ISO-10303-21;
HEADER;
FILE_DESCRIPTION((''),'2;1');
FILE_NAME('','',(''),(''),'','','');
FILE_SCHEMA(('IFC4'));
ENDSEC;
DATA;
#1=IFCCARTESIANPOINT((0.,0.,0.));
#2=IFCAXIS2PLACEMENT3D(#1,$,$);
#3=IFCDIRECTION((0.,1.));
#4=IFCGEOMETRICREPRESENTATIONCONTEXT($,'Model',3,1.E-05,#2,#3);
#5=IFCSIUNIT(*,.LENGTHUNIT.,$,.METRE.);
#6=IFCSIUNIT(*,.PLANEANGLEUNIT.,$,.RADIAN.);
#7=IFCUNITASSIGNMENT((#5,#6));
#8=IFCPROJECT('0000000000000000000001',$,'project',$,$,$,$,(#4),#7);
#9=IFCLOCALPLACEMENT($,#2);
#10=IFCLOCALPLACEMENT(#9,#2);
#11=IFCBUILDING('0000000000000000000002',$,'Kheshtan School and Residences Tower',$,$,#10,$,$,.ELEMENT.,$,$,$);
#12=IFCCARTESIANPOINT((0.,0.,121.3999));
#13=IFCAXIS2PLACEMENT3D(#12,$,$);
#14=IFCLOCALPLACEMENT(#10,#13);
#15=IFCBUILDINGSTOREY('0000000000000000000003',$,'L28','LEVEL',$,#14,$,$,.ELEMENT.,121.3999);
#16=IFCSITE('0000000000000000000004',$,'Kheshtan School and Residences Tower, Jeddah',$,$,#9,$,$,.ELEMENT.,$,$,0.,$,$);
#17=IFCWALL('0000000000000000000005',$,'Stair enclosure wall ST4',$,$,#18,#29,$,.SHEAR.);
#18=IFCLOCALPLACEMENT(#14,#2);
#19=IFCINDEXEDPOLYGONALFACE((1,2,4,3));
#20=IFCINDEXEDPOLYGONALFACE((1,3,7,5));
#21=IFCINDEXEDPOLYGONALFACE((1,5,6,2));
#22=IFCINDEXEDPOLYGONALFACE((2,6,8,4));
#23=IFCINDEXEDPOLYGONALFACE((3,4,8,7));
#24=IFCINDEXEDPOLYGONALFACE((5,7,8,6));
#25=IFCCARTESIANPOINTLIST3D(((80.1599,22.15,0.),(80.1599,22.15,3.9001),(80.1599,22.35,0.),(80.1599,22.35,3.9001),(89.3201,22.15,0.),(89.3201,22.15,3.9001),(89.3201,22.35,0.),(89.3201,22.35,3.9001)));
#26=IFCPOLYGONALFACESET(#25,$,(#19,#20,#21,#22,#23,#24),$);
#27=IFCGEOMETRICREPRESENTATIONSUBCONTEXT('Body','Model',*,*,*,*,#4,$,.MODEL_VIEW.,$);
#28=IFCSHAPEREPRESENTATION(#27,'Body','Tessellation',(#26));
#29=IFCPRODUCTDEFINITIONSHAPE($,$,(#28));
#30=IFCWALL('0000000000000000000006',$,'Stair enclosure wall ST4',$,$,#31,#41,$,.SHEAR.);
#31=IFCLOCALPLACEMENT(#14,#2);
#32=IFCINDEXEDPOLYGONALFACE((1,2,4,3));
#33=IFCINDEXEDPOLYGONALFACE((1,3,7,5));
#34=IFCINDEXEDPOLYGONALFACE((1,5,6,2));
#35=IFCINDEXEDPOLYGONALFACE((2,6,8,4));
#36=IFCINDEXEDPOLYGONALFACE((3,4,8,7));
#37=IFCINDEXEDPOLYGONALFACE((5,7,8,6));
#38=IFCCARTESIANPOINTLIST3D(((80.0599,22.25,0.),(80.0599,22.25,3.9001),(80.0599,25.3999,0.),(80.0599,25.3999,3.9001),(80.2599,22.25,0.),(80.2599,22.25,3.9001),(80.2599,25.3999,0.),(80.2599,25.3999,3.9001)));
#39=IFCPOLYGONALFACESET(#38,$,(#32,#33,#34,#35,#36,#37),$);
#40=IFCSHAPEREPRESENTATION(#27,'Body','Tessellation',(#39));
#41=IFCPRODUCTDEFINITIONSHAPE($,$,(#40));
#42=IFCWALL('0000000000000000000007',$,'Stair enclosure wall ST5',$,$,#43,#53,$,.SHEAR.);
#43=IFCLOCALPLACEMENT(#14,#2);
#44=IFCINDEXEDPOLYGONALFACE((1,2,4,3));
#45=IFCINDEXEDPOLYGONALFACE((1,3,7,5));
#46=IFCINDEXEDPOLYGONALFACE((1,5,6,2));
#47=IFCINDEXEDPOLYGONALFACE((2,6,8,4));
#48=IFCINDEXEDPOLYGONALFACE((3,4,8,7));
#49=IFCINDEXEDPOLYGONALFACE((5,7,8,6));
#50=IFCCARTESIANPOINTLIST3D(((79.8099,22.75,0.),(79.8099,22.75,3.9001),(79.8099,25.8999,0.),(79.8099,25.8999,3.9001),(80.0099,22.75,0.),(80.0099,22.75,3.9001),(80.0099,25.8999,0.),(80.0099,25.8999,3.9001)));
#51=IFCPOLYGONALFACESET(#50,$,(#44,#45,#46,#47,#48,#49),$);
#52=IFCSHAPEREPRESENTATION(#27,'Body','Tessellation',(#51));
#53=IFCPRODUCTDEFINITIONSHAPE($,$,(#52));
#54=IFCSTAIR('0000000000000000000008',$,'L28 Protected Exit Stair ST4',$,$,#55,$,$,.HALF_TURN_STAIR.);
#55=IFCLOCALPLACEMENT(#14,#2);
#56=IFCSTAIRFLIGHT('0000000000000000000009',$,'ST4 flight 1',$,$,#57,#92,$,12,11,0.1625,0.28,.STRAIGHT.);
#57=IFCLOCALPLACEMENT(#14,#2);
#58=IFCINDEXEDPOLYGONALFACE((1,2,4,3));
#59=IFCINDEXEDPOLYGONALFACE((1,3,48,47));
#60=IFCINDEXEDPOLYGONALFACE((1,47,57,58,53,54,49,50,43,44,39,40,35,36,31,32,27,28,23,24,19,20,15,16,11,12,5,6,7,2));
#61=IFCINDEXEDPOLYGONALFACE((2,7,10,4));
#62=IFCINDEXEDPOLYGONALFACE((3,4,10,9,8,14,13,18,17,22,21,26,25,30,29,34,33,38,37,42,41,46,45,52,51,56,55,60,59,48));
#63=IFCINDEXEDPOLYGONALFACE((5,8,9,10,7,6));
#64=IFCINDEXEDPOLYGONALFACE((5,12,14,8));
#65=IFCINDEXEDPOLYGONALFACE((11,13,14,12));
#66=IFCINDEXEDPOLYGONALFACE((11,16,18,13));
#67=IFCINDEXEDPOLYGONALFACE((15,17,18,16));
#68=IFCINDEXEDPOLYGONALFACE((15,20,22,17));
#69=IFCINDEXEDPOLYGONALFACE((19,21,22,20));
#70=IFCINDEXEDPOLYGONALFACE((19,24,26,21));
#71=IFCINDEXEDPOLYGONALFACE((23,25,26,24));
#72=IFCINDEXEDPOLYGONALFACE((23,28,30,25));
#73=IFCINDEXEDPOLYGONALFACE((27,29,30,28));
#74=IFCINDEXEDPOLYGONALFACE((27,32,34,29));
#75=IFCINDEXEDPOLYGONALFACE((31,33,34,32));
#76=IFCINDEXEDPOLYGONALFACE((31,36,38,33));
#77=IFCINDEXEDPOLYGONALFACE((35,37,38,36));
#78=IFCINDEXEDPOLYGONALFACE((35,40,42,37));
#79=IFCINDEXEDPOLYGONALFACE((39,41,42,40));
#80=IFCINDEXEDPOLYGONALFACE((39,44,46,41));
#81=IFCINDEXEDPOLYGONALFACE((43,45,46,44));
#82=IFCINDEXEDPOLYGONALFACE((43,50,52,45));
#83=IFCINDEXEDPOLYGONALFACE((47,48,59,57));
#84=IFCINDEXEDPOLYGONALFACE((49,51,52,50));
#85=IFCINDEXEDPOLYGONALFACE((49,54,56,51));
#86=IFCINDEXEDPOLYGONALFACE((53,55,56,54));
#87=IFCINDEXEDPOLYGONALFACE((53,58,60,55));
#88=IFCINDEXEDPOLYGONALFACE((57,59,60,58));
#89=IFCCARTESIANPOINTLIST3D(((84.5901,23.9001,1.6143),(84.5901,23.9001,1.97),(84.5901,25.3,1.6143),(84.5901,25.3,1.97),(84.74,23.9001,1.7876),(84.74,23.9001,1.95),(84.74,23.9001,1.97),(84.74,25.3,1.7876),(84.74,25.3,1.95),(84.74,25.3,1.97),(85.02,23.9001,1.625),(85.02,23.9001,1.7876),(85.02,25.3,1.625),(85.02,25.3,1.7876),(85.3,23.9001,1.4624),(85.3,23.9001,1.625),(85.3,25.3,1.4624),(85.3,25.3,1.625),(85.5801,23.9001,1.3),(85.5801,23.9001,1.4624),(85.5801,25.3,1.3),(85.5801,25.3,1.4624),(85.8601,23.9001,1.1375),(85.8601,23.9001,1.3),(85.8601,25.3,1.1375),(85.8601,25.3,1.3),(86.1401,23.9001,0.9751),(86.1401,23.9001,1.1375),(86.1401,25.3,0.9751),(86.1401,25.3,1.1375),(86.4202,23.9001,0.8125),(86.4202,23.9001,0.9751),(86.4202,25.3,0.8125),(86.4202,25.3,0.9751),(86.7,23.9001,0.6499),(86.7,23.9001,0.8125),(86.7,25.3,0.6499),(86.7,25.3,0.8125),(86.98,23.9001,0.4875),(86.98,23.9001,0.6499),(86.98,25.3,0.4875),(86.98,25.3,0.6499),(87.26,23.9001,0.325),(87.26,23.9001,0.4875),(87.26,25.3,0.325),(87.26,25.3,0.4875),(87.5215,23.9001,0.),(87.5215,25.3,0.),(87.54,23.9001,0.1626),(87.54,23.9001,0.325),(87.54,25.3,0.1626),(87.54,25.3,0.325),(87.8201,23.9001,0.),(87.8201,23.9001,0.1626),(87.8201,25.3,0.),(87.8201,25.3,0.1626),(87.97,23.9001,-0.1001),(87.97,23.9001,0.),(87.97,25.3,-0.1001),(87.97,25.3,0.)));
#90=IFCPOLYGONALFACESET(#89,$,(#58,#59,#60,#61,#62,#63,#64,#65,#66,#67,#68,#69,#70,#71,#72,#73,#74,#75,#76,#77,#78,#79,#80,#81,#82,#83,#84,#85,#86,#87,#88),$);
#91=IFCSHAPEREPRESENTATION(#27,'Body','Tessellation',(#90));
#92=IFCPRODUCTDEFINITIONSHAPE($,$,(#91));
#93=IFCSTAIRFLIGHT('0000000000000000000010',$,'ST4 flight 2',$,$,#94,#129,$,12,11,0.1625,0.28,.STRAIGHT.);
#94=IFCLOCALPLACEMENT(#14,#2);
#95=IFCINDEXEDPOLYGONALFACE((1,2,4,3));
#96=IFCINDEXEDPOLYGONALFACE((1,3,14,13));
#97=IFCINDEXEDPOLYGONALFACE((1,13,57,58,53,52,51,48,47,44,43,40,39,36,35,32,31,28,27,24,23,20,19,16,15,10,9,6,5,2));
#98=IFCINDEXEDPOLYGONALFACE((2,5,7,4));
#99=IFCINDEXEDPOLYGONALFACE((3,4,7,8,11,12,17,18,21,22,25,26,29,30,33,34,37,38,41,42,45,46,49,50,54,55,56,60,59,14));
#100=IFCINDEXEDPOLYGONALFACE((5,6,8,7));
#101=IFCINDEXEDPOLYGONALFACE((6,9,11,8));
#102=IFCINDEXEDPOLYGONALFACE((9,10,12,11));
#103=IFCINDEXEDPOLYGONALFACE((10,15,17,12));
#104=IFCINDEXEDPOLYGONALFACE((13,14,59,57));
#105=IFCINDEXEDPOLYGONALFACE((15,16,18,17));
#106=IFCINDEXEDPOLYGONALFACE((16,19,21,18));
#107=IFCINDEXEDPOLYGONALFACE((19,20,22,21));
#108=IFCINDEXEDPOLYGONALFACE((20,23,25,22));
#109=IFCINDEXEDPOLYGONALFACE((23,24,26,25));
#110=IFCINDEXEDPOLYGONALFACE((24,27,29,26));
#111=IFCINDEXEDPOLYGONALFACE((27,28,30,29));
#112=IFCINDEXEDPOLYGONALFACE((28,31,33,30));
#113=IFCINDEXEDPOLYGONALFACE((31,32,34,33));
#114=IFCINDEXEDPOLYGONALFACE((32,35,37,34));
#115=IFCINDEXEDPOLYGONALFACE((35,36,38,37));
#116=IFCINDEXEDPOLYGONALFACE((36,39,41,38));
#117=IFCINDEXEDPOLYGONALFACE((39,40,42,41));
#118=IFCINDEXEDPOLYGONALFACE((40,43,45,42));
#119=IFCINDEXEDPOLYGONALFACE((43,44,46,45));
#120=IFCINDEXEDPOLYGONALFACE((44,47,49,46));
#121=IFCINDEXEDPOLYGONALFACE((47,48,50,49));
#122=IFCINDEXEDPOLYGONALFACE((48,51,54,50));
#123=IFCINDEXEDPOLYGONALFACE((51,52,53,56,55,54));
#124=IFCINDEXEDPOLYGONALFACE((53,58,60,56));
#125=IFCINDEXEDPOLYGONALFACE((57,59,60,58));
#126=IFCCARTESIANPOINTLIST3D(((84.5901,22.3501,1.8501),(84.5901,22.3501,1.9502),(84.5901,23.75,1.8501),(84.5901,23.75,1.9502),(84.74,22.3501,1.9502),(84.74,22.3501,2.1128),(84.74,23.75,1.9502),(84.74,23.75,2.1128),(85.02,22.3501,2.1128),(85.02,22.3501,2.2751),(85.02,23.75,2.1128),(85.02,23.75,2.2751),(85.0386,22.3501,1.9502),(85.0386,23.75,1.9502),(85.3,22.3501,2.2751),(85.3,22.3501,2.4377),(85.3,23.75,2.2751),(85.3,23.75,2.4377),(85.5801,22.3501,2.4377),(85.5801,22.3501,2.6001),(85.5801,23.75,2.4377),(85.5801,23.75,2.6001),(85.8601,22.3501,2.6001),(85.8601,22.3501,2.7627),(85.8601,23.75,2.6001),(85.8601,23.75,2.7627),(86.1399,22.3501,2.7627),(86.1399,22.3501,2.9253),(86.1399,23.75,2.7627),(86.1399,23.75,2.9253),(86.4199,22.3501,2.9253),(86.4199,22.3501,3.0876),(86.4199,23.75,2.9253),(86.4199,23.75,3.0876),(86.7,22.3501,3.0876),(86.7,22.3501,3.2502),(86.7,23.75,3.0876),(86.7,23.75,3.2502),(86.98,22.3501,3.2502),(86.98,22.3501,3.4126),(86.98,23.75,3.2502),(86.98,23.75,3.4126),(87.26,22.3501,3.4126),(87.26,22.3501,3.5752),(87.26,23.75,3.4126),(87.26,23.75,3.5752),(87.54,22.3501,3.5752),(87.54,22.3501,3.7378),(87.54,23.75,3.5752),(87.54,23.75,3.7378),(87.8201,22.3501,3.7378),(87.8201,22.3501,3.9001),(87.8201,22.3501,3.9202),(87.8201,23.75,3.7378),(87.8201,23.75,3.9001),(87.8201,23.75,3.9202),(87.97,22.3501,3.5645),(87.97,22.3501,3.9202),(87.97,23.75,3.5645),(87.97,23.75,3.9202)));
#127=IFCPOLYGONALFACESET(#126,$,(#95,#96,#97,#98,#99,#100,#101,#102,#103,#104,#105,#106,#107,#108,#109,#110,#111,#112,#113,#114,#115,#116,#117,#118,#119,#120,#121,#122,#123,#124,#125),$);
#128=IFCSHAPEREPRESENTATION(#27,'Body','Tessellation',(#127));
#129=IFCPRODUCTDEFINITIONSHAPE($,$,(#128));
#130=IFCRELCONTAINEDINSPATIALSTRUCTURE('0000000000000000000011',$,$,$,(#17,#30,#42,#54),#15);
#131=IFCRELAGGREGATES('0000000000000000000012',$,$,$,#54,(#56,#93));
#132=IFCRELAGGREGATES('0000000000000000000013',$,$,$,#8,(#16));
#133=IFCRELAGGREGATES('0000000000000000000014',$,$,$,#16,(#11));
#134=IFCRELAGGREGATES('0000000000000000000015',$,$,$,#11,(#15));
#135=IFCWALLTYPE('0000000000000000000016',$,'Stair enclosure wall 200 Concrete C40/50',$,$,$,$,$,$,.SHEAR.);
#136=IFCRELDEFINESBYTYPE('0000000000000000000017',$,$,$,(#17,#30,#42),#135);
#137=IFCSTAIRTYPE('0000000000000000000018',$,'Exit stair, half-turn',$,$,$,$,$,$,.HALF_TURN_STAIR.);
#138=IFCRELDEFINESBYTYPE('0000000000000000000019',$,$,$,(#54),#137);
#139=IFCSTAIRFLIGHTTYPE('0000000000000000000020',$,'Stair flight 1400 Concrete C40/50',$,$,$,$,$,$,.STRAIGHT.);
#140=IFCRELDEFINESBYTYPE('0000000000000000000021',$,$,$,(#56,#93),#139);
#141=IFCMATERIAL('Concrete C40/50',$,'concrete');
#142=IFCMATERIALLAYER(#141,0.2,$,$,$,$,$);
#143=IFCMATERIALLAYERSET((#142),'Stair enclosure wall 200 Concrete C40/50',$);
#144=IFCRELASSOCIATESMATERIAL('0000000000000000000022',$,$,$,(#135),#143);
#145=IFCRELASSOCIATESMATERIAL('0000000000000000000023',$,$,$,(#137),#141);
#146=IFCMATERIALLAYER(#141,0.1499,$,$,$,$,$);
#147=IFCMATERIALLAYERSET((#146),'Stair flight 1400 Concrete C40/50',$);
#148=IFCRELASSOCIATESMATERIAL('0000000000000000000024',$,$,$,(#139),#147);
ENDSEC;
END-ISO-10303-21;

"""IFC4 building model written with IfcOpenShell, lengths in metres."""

from ifc_helpers import new_model, si_unit, direction, frame, frame_2d, origin, place, context, subcontext, project, spatial, polyline, rectangle, outline, extrude, material, layer, layer_set, type_object, element, aggregate, save


model = new_model("IFC4")

# Units and contexts
model_context = context("Model", 3, precision=1e-05, world=origin(), true_north=direction((0.0, 1.0)))
body_context = subcontext(model_context, "Body", "Model", "MODEL_VIEW")
ifc_project = project(units=[si_unit("LENGTHUNIT", "METRE"), si_unit("PLANEANGLEUNIT", "RADIAN")], contexts=[model_context])

# Site, building, storey
site_placement = place(None, origin())
site = spatial("IfcSite", under=ifc_project, at=site_placement, Name="Kheshtan School and Residences Tower, Jeddah", CompositionType="ELEMENT", RefElevation=0.0)
building_placement = place(site_placement, origin())
building = spatial("IfcBuilding", under=site, at=building_placement, Name="Kheshtan School and Residences Tower", CompositionType="ELEMENT")
storey_placement = place(building_placement, frame((0.0, 0.0, 121.3999)))
storey = spatial("IfcBuildingStorey", under=building, at=storey_placement, Name="L28", Description="LEVEL", CompositionType="ELEMENT", Elevation=121.3999)

# Walls
ifc_material_1 = material(Name="Concrete C40/50", Category="concrete")
ifc_layer_1 = layer(ifc_material_1, 0.2)
ifc_layer_set_1 = layer_set([ifc_layer_1], Name="Stair enclosure wall 200 Concrete C40/50")
wall_type = type_object("IfcWallType", Name="Stair enclosure wall 200 Concrete C40/50", PredefinedType="SHEAR", material=ifc_layer_set_1)
wall_placement = place(storey_placement, frame((80.1599, 22.25, 0.0), z_axis=(0.0, 0.0, 1.0), x_axis=(1.0, 0.0, 0.0)))
element("IfcWall", 1, at=wall_placement, inside=storey, type_object=wall_type, Name="Stair enclosure wall ST4", PredefinedType="SHEAR", context=body_context, shape_type="SweptSolid", body=[
    extrude(rectangle(XDim=9.1602, YDim=0.2, at=frame_2d((4.5801, 0.0))), origin(), (0.0, 0.0, 1.0), 3.9001),
])
for number, where, z_axis, x_axis, name in (
    (2, (80.1599, 22.25, 0.0), (0.0, 0.0, 1.0), (0.0, 1.0, 0.0), "Stair enclosure wall ST4"),
    (3, (79.9099, 22.75, 0.0), (0.0, 0.0, 1.0), (0.0, 1.0, 0.0), "Stair enclosure wall ST5"),
):
    element("IfcWall", number, at=place(storey_placement, frame(where, z_axis=z_axis, x_axis=x_axis)), inside=storey, type_object=wall_type, Name=name, PredefinedType="SHEAR", context=body_context, shape_type="SweptSolid", body=[
        extrude(rectangle(XDim=3.1499, YDim=0.2, at=frame_2d((1.575, 0.0))), origin(), (0.0, 0.0, 1.0), 3.9001),
    ])

# Stair, stair flights
stair_type = type_object("IfcStairType", Name="Exit stair, half-turn", PredefinedType="HALF_TURN_STAIR", material=ifc_material_1)
stair_placement = place(storey_placement, origin())
stair = element("IfcStair", 4, at=stair_placement, inside=storey, type_object=stair_type, Name="L28 Protected Exit Stair ST4", PredefinedType="HALF_TURN_STAIR")
ifc_layer_2 = layer(ifc_material_1, 0.1499)
ifc_layer_set_2 = layer_set([ifc_layer_2], Name="Stair flight 1400 Concrete C40/50")
stair_flight_type = type_object("IfcStairFlightType", Name="Stair flight 1400 Concrete C40/50", PredefinedType="STRAIGHT", material=ifc_layer_set_2)
stair_flight_1_placement = place(storey_placement, frame((87.8201, 24.6001, 0.0), z_axis=(0.0, 0.0, 1.0), x_axis=(-1.0, 0.0, 0.0)))
stair_flight_1 = element("IfcStairFlight", 5, at=stair_flight_1_placement, type_object=stair_flight_type, Name="ST4 flight 1", NumberOfRisers=12, NumberOfTreads=11, PredefinedType="STRAIGHT", RiserHeight=0.1625, TreadLength=0.28, context=body_context, shape_type="SweptSolid", body=[
    extrude(outline(polyline([(-0.1499, -0.1001), (-0.1499, 0.0), (0.0, 0.0), (0.0, 0.1626), (0.28, 0.1626), (0.28, 0.325), (0.5601, 0.325), (0.5601, 0.4875), (0.8401, 0.4875), (0.8401, 0.6499), (1.1201, 0.6499), (1.1201, 0.8125), (1.3999, 0.8125), (1.3999, 0.9751), (1.6799, 0.9751), (1.6799, 1.1375), (1.96, 1.1375), (1.96, 1.3), (2.24, 1.3), (2.24, 1.4624), (2.52, 1.4624), (2.52, 1.625), (2.8, 1.625), (2.8, 1.7876), (3.0801, 1.7876), (3.0801, 1.95), (3.0801, 1.97), (3.23, 1.97), (3.23, 1.6143), (0.2986, 0.0), (-0.1499, -0.1001)])), frame((0.0, 0.7, 0.0), z_axis=(0.0, -1.0, 0.0), x_axis=(1.0, 0.0, 0.0)), (0.0, 0.0, 1.0), 1.3999),
])
stair_flight_2_placement = place(storey_placement, frame((84.74, 23.05, 1.9502), z_axis=(0.0, 0.0, 1.0), x_axis=(1.0, 0.0, 0.0)))
stair_flight_2 = element("IfcStairFlight", 6, at=stair_flight_2_placement, type_object=stair_flight_type, Name="ST4 flight 2", NumberOfRisers=12, NumberOfTreads=11, PredefinedType="STRAIGHT", RiserHeight=0.1625, TreadLength=0.28, context=body_context, shape_type="SweptSolid", body=[
    extrude(outline(polyline([(-0.1499, -0.1001), (-0.1499, 0.0), (0.0, 0.0), (0.0, 0.1626), (0.28, 0.1626), (0.28, 0.325), (0.5601, 0.325), (0.5601, 0.4875), (0.8401, 0.4875), (0.8401, 0.6499), (1.1201, 0.6499), (1.1201, 0.8125), (1.3999, 0.8125), (1.3999, 0.9751), (1.6799, 0.9751), (1.6799, 1.1375), (1.96, 1.1375), (1.96, 1.3), (2.24, 1.3), (2.24, 1.4624), (2.52, 1.4624), (2.52, 1.625), (2.8, 1.625), (2.8, 1.7876), (3.0801, 1.7876), (3.0801, 1.95), (3.0801, 1.97), (3.23, 1.97), (3.23, 1.6143), (0.2986, 0.0), (-0.1499, -0.1001)])), frame((0.0, 0.7, 0.0), z_axis=(0.0, -1.0, 0.0), x_axis=(1.0, 0.0, 0.0)), (0.0, 0.0, 1.0), 1.3999),
])
aggregate(stair, [stair_flight_1, stair_flight_2])

save(model, "model.ifc")
